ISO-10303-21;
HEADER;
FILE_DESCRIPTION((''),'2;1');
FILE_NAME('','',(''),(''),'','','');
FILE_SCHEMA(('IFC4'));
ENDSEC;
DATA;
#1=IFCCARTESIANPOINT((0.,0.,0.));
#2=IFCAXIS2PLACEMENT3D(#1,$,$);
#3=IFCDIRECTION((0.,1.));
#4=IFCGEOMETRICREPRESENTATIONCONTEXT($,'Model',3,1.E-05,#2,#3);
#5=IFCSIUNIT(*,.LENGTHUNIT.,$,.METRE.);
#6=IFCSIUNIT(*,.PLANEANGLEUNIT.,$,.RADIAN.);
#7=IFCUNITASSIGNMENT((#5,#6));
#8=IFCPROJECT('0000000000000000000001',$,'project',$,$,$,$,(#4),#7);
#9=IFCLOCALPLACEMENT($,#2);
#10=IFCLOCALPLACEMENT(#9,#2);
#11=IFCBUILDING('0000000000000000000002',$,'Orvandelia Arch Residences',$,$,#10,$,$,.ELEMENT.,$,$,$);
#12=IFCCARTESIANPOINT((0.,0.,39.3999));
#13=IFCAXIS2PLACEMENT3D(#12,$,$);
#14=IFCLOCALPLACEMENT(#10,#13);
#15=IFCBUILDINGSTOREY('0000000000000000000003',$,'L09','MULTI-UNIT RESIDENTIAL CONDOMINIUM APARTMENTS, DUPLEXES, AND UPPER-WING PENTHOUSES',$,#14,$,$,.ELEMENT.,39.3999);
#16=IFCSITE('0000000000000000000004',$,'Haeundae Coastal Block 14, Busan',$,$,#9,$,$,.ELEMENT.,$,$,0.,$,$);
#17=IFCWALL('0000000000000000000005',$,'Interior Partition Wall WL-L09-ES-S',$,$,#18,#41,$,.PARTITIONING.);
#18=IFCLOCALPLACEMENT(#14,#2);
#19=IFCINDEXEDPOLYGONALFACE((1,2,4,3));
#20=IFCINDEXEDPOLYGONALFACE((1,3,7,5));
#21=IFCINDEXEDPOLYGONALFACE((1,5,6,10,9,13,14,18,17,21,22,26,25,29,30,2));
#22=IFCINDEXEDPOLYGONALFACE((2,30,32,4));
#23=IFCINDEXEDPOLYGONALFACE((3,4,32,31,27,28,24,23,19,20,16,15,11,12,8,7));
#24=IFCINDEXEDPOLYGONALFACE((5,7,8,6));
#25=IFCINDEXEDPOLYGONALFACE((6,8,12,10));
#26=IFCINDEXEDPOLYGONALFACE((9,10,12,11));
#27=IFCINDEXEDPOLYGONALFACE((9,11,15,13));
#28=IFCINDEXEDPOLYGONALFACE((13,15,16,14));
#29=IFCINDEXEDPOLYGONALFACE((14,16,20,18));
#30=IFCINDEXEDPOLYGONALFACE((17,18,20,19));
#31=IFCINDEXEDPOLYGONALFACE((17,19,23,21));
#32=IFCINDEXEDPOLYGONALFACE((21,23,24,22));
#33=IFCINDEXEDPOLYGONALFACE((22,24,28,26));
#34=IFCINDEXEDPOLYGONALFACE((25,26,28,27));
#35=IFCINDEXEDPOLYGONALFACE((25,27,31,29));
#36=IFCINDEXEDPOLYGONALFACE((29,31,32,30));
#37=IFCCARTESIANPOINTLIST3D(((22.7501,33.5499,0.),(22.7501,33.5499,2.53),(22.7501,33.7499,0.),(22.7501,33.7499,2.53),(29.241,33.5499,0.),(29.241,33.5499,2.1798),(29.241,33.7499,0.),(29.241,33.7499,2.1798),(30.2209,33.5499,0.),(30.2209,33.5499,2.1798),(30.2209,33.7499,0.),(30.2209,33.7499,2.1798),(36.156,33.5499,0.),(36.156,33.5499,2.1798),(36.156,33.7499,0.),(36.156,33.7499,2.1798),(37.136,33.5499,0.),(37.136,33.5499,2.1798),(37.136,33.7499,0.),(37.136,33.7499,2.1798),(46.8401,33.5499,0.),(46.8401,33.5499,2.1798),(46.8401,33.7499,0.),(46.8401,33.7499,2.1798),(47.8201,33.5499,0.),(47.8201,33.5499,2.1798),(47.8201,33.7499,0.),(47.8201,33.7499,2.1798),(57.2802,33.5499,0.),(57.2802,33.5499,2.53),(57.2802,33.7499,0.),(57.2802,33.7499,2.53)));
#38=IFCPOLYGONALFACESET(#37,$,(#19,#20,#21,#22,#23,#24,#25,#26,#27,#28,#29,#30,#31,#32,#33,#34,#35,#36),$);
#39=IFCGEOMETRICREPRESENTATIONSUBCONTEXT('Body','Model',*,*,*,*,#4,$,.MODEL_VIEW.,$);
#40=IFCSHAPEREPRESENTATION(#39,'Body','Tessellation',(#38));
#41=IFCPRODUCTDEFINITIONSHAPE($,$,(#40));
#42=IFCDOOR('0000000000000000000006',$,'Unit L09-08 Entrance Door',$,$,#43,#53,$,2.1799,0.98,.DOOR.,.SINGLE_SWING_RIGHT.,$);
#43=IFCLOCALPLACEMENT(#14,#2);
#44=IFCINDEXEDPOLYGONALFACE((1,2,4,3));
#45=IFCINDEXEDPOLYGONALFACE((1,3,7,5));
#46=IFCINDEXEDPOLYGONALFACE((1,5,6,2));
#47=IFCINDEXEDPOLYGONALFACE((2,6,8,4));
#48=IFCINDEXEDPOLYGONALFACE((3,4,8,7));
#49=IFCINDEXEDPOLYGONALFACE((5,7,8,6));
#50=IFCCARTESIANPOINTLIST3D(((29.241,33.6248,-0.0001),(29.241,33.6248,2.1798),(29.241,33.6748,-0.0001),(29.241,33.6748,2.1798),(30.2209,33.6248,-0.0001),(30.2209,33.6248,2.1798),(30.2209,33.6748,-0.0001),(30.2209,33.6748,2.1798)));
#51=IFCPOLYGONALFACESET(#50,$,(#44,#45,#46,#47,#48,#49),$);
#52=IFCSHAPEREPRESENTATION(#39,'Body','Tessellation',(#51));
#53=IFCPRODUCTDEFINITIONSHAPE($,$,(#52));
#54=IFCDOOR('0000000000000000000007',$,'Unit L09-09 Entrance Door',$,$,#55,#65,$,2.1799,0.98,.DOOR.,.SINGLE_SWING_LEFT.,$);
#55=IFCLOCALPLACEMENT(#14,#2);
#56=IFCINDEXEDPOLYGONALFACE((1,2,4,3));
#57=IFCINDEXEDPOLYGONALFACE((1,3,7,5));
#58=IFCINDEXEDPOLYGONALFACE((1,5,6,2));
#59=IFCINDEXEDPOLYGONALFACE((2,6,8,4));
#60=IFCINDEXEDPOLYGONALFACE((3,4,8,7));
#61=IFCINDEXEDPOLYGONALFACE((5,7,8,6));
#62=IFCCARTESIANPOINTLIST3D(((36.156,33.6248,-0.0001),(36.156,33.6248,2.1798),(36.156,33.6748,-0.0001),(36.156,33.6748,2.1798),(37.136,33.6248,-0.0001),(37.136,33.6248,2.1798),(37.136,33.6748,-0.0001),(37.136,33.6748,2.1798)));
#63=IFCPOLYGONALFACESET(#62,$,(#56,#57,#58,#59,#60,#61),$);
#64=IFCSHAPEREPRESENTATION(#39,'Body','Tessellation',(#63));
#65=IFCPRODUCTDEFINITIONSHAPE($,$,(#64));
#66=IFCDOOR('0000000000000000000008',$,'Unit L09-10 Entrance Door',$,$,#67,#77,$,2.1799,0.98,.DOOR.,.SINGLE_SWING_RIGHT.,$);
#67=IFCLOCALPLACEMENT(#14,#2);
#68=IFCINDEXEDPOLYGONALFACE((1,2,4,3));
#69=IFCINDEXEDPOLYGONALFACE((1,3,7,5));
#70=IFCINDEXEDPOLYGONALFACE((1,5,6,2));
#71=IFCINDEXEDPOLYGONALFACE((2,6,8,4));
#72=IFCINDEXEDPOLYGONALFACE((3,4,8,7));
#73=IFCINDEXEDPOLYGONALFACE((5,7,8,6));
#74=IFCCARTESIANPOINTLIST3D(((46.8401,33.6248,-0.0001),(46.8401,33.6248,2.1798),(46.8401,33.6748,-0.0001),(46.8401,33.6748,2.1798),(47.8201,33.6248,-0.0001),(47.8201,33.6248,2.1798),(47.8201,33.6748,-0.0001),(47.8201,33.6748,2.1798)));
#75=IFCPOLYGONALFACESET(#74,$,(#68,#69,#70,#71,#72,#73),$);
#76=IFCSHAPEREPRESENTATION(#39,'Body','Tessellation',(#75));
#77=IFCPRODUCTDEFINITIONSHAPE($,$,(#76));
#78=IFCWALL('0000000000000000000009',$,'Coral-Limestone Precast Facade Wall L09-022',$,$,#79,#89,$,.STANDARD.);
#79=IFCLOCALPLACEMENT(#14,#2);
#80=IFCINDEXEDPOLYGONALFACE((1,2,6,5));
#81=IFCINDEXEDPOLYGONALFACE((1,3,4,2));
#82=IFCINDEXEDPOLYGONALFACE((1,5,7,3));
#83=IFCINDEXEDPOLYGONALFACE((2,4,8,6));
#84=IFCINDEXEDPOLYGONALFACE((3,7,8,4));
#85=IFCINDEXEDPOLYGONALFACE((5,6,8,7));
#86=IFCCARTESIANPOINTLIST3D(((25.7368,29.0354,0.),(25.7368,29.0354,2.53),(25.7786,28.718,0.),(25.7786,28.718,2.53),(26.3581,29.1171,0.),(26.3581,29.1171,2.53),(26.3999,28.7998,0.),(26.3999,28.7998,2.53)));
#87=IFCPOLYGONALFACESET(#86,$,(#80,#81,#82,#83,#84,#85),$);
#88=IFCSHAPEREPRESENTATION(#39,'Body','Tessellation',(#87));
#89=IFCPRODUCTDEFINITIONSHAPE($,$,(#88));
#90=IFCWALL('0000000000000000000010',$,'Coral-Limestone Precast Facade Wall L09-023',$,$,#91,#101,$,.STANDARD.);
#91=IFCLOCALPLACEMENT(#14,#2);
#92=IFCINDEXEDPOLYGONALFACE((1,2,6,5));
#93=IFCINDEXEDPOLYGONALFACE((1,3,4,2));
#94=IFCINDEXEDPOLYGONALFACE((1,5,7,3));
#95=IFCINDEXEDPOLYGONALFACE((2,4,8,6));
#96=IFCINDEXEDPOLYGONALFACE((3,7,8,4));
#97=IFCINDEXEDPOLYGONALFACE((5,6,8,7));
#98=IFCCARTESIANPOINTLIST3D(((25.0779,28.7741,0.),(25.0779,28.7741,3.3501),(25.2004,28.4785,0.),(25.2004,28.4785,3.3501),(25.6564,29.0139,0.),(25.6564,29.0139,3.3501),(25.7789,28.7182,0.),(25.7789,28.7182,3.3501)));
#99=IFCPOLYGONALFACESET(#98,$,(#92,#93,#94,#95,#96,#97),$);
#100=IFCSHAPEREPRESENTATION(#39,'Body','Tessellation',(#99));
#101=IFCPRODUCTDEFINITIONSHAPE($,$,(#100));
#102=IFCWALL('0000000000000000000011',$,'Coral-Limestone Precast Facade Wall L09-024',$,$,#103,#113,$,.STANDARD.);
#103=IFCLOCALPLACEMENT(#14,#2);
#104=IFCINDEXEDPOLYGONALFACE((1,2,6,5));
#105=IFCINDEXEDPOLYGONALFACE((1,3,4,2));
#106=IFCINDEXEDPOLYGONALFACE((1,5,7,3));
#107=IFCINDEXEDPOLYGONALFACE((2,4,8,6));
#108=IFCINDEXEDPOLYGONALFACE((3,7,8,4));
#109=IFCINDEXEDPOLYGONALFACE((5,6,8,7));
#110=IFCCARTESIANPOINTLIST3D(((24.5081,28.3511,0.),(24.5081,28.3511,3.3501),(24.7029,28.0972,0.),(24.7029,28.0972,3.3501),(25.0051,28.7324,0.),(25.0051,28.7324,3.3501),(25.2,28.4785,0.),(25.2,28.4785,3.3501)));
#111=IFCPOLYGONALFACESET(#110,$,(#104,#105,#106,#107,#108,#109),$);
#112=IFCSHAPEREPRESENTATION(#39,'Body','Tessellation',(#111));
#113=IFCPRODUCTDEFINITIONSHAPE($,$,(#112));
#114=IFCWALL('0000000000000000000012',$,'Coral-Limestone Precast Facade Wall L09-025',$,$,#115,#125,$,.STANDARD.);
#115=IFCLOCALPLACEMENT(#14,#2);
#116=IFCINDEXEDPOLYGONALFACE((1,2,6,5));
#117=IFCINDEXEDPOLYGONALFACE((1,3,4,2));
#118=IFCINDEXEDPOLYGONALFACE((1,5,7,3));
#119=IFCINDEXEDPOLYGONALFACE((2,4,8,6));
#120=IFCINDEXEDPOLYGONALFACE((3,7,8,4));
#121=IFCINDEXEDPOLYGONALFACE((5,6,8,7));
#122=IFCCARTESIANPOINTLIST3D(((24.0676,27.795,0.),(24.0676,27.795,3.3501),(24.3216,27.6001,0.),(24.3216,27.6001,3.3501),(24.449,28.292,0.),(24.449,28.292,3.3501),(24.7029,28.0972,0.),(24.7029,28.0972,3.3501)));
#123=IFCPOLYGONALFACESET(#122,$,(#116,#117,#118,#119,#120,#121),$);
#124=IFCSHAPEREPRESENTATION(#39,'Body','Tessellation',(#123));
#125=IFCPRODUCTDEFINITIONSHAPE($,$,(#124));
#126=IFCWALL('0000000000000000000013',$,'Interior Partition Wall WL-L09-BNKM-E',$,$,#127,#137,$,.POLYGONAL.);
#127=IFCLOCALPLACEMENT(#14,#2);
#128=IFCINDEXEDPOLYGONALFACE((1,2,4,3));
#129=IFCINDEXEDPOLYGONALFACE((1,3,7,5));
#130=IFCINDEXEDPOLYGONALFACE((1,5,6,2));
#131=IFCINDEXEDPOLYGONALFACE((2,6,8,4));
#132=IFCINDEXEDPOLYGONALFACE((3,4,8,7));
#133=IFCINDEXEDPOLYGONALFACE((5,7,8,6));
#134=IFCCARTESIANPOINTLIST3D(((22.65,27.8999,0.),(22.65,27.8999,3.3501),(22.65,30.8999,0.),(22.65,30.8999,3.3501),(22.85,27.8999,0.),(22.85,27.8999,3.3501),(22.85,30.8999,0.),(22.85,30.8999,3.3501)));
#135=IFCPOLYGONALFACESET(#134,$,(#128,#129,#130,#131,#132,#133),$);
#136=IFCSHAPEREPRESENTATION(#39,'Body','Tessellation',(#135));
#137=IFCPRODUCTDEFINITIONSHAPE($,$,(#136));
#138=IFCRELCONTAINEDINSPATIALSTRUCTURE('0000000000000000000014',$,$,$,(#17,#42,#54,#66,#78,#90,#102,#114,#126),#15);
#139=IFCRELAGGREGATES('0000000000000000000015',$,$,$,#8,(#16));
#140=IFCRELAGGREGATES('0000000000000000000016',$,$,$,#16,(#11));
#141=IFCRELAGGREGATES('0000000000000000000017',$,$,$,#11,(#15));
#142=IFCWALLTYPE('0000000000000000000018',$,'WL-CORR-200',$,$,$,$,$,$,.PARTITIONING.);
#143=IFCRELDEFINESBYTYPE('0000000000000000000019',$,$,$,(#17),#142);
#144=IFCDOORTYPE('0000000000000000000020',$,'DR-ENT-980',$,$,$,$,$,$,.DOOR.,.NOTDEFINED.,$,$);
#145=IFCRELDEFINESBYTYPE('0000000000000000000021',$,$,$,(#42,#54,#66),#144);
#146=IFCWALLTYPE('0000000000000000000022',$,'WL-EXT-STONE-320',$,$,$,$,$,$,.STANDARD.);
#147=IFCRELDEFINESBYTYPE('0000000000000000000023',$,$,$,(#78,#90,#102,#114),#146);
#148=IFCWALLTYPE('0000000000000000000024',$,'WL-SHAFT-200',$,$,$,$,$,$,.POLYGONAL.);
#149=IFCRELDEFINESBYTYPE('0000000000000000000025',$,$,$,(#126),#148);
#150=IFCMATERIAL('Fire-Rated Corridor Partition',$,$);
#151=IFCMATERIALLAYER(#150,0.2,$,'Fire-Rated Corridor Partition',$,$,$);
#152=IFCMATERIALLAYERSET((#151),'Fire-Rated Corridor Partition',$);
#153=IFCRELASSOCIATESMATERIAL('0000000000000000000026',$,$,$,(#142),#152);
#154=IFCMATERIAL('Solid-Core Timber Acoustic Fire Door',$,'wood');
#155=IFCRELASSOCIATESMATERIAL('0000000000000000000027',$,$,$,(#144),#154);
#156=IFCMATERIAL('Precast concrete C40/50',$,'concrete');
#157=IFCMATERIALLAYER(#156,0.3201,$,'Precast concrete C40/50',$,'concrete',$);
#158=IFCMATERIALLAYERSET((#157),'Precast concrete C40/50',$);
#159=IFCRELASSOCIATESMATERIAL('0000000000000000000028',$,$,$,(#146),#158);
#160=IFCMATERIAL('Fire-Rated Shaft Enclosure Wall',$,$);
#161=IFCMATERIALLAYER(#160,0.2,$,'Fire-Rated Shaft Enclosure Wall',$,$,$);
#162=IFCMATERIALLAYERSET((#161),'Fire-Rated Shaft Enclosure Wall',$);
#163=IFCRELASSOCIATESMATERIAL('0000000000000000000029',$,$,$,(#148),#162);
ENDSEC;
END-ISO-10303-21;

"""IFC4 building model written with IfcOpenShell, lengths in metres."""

from ifc_helpers import new_model, si_unit, direction, frame, frame_2d, origin, place, context, subcontext, project, spatial, rectangle, extrude, material, layer, layer_set, type_object, element, fill, save


model = new_model("IFC4")

# Units and contexts
model_context = context("Model", 3, precision=1e-05, world=origin(), true_north=direction((0.0, 1.0)))
body_context = subcontext(model_context, "Body", "Model", "MODEL_VIEW")
ifc_project = project(units=[si_unit("LENGTHUNIT", "METRE"), si_unit("PLANEANGLEUNIT", "RADIAN")], contexts=[model_context])

# Site, building, storey
site_placement = place(None, origin())
site = spatial("IfcSite", under=ifc_project, at=site_placement, Name="Haeundae Coastal Block 14, Busan", CompositionType="ELEMENT", RefElevation=0.0)
building_placement = place(site_placement, origin())
building = spatial("IfcBuilding", under=site, at=building_placement, Name="Orvandelia Arch Residences", CompositionType="ELEMENT")
storey_placement = place(building_placement, frame((0.0, 0.0, 39.3999)))
storey = spatial("IfcBuildingStorey", under=building, at=storey_placement, Name="L09", Description="MULTI-UNIT RESIDENTIAL CONDOMINIUM APARTMENTS, DUPLEXES, AND UPPER-WING PENTHOUSES", CompositionType="ELEMENT", Elevation=39.3999)

# Wall, openings, doors
ifc_material_1 = material(Name="Fire-Rated Corridor Partition")
ifc_layer_1 = layer(ifc_material_1, 0.2, Name="Fire-Rated Corridor Partition")
ifc_layer_set_1 = layer_set([ifc_layer_1], Name="Fire-Rated Corridor Partition")
wall_type_1 = type_object("IfcWallType", Name="WL-CORR-200", PredefinedType="PARTITIONING", material=ifc_layer_set_1)
wall_1_placement = place(storey_placement, frame((22.75, 33.6499, 0.0), z_axis=(0.0, 0.0, 1.0), x_axis=(1.0, 0.0, 0.0)))
wall_1 = element("IfcWall", 1, at=wall_1_placement, inside=storey, type_object=wall_type_1, Name="Interior Partition Wall WL-L09-ES-S", PredefinedType="PARTITIONING", context=body_context, shape_type="SweptSolid", body=[
    extrude(rectangle(XDim=34.53, YDim=0.2, at=frame_2d((17.2651, 0.0))), origin(), (0.0, 0.0, 1.0), 2.53),
])
opening_1_placement = place(wall_1_placement, frame((6.491, 0.0, 0.0)))
opening_1 = element("IfcOpeningElement", 2, at=opening_1_placement, cuts=wall_1, PredefinedType="OPENING", context=body_context, shape_type="SweptSolid", body=[
    extrude(rectangle(XDim=0.98, YDim=2.1799, at=frame_2d((0.49, 1.0898))), frame((0.0, 0.1099, 0.0), z_axis=(0.0, -1.0, 0.0), x_axis=(1.0, 0.0, 0.0)), (0.0, 0.0, 1.0), 0.22),
])
opening_2_placement = place(wall_1_placement, frame((13.406, 0.0, 0.0)))
opening_2 = element("IfcOpeningElement", 3, at=opening_2_placement, cuts=wall_1, PredefinedType="OPENING", context=body_context, shape_type="SweptSolid", body=[
    extrude(rectangle(XDim=0.98, YDim=2.1799, at=frame_2d((0.49, 1.0898))), frame((0.0, 0.1099, 0.0), z_axis=(0.0, -1.0, 0.0), x_axis=(1.0, 0.0, 0.0)), (0.0, 0.0, 1.0), 0.22),
])
opening_3_placement = place(wall_1_placement, frame((24.0901, 0.0, 0.0)))
opening_3 = element("IfcOpeningElement", 4, at=opening_3_placement, cuts=wall_1, PredefinedType="OPENING", context=body_context, shape_type="SweptSolid", body=[
    extrude(rectangle(XDim=0.98, YDim=2.1799, at=frame_2d((0.49, 1.0898))), frame((0.0, 0.1099, 0.0), z_axis=(0.0, -1.0, 0.0), x_axis=(1.0, 0.0, 0.0)), (0.0, 0.0, 1.0), 0.22),
])
ifc_material_2 = material(Name="Solid-Core Timber Acoustic Fire Door", Category="wood")
door_type_1 = type_object("IfcDoorType", Name="DR-ENT-980", OperationType="NOTDEFINED", PredefinedType="DOOR", material=ifc_material_2)
door_1_placement = place(opening_1_placement, origin())
door_1 = element("IfcDoor", 5, at=door_1_placement, inside=storey, type_object=door_type_1, Name="Unit L09-08 Entrance Door", OperationType="SINGLE_SWING_RIGHT", OverallHeight=2.1799, OverallWidth=0.98, PredefinedType="DOOR", context=body_context, shape_type="SweptSolid", body=[
    extrude(rectangle(XDim=0.98, YDim=2.1799, at=frame_2d((0.49, 1.0898))), frame((0.0, 0.0249, 0.0), z_axis=(0.0, -1.0, 0.0), x_axis=(1.0, 0.0, 0.0)), (0.0, 0.0, 1.0), 0.05),
])
fill(opening_1, door_1)
door_2_placement = place(opening_2_placement, origin())
door_2 = element("IfcDoor", 6, at=door_2_placement, inside=storey, type_object=door_type_1, Name="Unit L09-09 Entrance Door", OperationType="SINGLE_SWING_LEFT", OverallHeight=2.1799, OverallWidth=0.98, PredefinedType="DOOR", context=body_context, shape_type="SweptSolid", body=[
    extrude(rectangle(XDim=0.98, YDim=2.1799, at=frame_2d((0.49, 1.0898))), frame((0.0, 0.0249, 0.0), z_axis=(0.0, -1.0, 0.0), x_axis=(1.0, 0.0, 0.0)), (0.0, 0.0, 1.0), 0.05),
])
fill(opening_2, door_2)
door_3_placement = place(opening_3_placement, origin())
door_3 = element("IfcDoor", 7, at=door_3_placement, inside=storey, type_object=door_type_1, Name="Unit L09-10 Entrance Door", OperationType="SINGLE_SWING_RIGHT", OverallHeight=2.1799, OverallWidth=0.98, PredefinedType="DOOR", context=body_context, shape_type="SweptSolid", body=[
    extrude(rectangle(XDim=0.98, YDim=2.1799, at=frame_2d((0.49, 1.0898))), frame((0.0, 0.0249, 0.0), z_axis=(0.0, -1.0, 0.0), x_axis=(1.0, 0.0, 0.0)), (0.0, 0.0, 1.0), 0.05),
])
fill(opening_3, door_3)

# Walls
ifc_material_3 = material(Name="Precast concrete C40/50", Category="concrete")
ifc_layer_2 = layer(ifc_material_3, 0.3201, Name="Precast concrete C40/50", Category="concrete")
ifc_layer_set_2 = layer_set([ifc_layer_2], Name="Precast concrete C40/50")
wall_type_2 = type_object("IfcWallType", Name="WL-EXT-STONE-320", PredefinedType="STANDARD", material=ifc_layer_set_2)
wall_2_placement = place(storey_placement, frame((26.3792, 28.9585, 0.0), z_axis=(0.0, 0.0, 1.0), x_axis=(-0.991448, -0.130505, 0.0)))
element("IfcWall", 8, at=wall_2_placement, inside=storey, type_object=wall_type_2, Name="Coral-Limestone Precast Facade Wall L09-022", PredefinedType="STANDARD", context=body_context, shape_type="SweptSolid", body=[
    extrude(rectangle(XDim=0.6267, YDim=0.3201, at=frame_2d((0.3135, 0.0))), origin(), (0.0, 0.0, 1.0), 2.53),
])
wall_3_placement = place(storey_placement, frame((25.7175, 28.866, 0.0), z_axis=(0.0, 0.0, 1.0), x_axis=(-0.923836, -0.382788, 0.0)))
element("IfcWall", 9, at=wall_3_placement, inside=storey, type_object=wall_type_2, Name="Coral-Limestone Precast Facade Wall L09-023", PredefinedType="STANDARD", context=body_context, shape_type="SweptSolid", body=[
    extrude(rectangle(XDim=0.6262, YDim=0.3201, at=frame_2d((0.313, 0.0))), origin(), (0.0, 0.0, 1.0), 3.3501),
])
for number, where, z_axis, x_axis, name in (
    (10, (25.1025, 28.6055, 0.0), (0.0, 0.0, 1.0), (-0.793406, -0.608693, 0.0), "Coral-Limestone Precast Facade Wall L09-024"),
    (11, (24.5759, 28.1946, 0.0), (0.0, 0.0, 1.0), (-0.608693, -0.793406, 0.0), "Coral-Limestone Precast Facade Wall L09-025"),
):
    element("IfcWall", number, at=place(storey_placement, frame(where, z_axis=z_axis, x_axis=x_axis)), inside=storey, type_object=wall_type_2, Name=name, PredefinedType="STANDARD", context=body_context, shape_type="SweptSolid", body=[
        extrude(rectangle(XDim=0.6265, YDim=0.3201, at=frame_2d((0.3132, 0.0))), origin(), (0.0, 0.0, 1.0), 3.3501),
    ])
ifc_material_4 = material(Name="Fire-Rated Shaft Enclosure Wall")
ifc_layer_3 = layer(ifc_material_4, 0.2, Name="Fire-Rated Shaft Enclosure Wall")
ifc_layer_set_3 = layer_set([ifc_layer_3], Name="Fire-Rated Shaft Enclosure Wall")
wall_type_3 = type_object("IfcWallType", Name="WL-SHAFT-200", PredefinedType="POLYGONAL", material=ifc_layer_set_3)
wall_4_placement = place(storey_placement, frame((22.75, 27.8999, 0.0), z_axis=(0.0, 0.0, 1.0), x_axis=(0.0, 1.0, 0.0)))
element("IfcWall", 12, at=wall_4_placement, inside=storey, type_object=wall_type_3, Name="Interior Partition Wall WL-L09-BNKM-E", PredefinedType="POLYGONAL", context=body_context, shape_type="SweptSolid", body=[
    extrude(rectangle(XDim=3.0, YDim=0.2, at=frame_2d((1.5, 0.0))), origin(), (0.0, 0.0, 1.0), 3.3501),
])

save(model, "model.ifc")
